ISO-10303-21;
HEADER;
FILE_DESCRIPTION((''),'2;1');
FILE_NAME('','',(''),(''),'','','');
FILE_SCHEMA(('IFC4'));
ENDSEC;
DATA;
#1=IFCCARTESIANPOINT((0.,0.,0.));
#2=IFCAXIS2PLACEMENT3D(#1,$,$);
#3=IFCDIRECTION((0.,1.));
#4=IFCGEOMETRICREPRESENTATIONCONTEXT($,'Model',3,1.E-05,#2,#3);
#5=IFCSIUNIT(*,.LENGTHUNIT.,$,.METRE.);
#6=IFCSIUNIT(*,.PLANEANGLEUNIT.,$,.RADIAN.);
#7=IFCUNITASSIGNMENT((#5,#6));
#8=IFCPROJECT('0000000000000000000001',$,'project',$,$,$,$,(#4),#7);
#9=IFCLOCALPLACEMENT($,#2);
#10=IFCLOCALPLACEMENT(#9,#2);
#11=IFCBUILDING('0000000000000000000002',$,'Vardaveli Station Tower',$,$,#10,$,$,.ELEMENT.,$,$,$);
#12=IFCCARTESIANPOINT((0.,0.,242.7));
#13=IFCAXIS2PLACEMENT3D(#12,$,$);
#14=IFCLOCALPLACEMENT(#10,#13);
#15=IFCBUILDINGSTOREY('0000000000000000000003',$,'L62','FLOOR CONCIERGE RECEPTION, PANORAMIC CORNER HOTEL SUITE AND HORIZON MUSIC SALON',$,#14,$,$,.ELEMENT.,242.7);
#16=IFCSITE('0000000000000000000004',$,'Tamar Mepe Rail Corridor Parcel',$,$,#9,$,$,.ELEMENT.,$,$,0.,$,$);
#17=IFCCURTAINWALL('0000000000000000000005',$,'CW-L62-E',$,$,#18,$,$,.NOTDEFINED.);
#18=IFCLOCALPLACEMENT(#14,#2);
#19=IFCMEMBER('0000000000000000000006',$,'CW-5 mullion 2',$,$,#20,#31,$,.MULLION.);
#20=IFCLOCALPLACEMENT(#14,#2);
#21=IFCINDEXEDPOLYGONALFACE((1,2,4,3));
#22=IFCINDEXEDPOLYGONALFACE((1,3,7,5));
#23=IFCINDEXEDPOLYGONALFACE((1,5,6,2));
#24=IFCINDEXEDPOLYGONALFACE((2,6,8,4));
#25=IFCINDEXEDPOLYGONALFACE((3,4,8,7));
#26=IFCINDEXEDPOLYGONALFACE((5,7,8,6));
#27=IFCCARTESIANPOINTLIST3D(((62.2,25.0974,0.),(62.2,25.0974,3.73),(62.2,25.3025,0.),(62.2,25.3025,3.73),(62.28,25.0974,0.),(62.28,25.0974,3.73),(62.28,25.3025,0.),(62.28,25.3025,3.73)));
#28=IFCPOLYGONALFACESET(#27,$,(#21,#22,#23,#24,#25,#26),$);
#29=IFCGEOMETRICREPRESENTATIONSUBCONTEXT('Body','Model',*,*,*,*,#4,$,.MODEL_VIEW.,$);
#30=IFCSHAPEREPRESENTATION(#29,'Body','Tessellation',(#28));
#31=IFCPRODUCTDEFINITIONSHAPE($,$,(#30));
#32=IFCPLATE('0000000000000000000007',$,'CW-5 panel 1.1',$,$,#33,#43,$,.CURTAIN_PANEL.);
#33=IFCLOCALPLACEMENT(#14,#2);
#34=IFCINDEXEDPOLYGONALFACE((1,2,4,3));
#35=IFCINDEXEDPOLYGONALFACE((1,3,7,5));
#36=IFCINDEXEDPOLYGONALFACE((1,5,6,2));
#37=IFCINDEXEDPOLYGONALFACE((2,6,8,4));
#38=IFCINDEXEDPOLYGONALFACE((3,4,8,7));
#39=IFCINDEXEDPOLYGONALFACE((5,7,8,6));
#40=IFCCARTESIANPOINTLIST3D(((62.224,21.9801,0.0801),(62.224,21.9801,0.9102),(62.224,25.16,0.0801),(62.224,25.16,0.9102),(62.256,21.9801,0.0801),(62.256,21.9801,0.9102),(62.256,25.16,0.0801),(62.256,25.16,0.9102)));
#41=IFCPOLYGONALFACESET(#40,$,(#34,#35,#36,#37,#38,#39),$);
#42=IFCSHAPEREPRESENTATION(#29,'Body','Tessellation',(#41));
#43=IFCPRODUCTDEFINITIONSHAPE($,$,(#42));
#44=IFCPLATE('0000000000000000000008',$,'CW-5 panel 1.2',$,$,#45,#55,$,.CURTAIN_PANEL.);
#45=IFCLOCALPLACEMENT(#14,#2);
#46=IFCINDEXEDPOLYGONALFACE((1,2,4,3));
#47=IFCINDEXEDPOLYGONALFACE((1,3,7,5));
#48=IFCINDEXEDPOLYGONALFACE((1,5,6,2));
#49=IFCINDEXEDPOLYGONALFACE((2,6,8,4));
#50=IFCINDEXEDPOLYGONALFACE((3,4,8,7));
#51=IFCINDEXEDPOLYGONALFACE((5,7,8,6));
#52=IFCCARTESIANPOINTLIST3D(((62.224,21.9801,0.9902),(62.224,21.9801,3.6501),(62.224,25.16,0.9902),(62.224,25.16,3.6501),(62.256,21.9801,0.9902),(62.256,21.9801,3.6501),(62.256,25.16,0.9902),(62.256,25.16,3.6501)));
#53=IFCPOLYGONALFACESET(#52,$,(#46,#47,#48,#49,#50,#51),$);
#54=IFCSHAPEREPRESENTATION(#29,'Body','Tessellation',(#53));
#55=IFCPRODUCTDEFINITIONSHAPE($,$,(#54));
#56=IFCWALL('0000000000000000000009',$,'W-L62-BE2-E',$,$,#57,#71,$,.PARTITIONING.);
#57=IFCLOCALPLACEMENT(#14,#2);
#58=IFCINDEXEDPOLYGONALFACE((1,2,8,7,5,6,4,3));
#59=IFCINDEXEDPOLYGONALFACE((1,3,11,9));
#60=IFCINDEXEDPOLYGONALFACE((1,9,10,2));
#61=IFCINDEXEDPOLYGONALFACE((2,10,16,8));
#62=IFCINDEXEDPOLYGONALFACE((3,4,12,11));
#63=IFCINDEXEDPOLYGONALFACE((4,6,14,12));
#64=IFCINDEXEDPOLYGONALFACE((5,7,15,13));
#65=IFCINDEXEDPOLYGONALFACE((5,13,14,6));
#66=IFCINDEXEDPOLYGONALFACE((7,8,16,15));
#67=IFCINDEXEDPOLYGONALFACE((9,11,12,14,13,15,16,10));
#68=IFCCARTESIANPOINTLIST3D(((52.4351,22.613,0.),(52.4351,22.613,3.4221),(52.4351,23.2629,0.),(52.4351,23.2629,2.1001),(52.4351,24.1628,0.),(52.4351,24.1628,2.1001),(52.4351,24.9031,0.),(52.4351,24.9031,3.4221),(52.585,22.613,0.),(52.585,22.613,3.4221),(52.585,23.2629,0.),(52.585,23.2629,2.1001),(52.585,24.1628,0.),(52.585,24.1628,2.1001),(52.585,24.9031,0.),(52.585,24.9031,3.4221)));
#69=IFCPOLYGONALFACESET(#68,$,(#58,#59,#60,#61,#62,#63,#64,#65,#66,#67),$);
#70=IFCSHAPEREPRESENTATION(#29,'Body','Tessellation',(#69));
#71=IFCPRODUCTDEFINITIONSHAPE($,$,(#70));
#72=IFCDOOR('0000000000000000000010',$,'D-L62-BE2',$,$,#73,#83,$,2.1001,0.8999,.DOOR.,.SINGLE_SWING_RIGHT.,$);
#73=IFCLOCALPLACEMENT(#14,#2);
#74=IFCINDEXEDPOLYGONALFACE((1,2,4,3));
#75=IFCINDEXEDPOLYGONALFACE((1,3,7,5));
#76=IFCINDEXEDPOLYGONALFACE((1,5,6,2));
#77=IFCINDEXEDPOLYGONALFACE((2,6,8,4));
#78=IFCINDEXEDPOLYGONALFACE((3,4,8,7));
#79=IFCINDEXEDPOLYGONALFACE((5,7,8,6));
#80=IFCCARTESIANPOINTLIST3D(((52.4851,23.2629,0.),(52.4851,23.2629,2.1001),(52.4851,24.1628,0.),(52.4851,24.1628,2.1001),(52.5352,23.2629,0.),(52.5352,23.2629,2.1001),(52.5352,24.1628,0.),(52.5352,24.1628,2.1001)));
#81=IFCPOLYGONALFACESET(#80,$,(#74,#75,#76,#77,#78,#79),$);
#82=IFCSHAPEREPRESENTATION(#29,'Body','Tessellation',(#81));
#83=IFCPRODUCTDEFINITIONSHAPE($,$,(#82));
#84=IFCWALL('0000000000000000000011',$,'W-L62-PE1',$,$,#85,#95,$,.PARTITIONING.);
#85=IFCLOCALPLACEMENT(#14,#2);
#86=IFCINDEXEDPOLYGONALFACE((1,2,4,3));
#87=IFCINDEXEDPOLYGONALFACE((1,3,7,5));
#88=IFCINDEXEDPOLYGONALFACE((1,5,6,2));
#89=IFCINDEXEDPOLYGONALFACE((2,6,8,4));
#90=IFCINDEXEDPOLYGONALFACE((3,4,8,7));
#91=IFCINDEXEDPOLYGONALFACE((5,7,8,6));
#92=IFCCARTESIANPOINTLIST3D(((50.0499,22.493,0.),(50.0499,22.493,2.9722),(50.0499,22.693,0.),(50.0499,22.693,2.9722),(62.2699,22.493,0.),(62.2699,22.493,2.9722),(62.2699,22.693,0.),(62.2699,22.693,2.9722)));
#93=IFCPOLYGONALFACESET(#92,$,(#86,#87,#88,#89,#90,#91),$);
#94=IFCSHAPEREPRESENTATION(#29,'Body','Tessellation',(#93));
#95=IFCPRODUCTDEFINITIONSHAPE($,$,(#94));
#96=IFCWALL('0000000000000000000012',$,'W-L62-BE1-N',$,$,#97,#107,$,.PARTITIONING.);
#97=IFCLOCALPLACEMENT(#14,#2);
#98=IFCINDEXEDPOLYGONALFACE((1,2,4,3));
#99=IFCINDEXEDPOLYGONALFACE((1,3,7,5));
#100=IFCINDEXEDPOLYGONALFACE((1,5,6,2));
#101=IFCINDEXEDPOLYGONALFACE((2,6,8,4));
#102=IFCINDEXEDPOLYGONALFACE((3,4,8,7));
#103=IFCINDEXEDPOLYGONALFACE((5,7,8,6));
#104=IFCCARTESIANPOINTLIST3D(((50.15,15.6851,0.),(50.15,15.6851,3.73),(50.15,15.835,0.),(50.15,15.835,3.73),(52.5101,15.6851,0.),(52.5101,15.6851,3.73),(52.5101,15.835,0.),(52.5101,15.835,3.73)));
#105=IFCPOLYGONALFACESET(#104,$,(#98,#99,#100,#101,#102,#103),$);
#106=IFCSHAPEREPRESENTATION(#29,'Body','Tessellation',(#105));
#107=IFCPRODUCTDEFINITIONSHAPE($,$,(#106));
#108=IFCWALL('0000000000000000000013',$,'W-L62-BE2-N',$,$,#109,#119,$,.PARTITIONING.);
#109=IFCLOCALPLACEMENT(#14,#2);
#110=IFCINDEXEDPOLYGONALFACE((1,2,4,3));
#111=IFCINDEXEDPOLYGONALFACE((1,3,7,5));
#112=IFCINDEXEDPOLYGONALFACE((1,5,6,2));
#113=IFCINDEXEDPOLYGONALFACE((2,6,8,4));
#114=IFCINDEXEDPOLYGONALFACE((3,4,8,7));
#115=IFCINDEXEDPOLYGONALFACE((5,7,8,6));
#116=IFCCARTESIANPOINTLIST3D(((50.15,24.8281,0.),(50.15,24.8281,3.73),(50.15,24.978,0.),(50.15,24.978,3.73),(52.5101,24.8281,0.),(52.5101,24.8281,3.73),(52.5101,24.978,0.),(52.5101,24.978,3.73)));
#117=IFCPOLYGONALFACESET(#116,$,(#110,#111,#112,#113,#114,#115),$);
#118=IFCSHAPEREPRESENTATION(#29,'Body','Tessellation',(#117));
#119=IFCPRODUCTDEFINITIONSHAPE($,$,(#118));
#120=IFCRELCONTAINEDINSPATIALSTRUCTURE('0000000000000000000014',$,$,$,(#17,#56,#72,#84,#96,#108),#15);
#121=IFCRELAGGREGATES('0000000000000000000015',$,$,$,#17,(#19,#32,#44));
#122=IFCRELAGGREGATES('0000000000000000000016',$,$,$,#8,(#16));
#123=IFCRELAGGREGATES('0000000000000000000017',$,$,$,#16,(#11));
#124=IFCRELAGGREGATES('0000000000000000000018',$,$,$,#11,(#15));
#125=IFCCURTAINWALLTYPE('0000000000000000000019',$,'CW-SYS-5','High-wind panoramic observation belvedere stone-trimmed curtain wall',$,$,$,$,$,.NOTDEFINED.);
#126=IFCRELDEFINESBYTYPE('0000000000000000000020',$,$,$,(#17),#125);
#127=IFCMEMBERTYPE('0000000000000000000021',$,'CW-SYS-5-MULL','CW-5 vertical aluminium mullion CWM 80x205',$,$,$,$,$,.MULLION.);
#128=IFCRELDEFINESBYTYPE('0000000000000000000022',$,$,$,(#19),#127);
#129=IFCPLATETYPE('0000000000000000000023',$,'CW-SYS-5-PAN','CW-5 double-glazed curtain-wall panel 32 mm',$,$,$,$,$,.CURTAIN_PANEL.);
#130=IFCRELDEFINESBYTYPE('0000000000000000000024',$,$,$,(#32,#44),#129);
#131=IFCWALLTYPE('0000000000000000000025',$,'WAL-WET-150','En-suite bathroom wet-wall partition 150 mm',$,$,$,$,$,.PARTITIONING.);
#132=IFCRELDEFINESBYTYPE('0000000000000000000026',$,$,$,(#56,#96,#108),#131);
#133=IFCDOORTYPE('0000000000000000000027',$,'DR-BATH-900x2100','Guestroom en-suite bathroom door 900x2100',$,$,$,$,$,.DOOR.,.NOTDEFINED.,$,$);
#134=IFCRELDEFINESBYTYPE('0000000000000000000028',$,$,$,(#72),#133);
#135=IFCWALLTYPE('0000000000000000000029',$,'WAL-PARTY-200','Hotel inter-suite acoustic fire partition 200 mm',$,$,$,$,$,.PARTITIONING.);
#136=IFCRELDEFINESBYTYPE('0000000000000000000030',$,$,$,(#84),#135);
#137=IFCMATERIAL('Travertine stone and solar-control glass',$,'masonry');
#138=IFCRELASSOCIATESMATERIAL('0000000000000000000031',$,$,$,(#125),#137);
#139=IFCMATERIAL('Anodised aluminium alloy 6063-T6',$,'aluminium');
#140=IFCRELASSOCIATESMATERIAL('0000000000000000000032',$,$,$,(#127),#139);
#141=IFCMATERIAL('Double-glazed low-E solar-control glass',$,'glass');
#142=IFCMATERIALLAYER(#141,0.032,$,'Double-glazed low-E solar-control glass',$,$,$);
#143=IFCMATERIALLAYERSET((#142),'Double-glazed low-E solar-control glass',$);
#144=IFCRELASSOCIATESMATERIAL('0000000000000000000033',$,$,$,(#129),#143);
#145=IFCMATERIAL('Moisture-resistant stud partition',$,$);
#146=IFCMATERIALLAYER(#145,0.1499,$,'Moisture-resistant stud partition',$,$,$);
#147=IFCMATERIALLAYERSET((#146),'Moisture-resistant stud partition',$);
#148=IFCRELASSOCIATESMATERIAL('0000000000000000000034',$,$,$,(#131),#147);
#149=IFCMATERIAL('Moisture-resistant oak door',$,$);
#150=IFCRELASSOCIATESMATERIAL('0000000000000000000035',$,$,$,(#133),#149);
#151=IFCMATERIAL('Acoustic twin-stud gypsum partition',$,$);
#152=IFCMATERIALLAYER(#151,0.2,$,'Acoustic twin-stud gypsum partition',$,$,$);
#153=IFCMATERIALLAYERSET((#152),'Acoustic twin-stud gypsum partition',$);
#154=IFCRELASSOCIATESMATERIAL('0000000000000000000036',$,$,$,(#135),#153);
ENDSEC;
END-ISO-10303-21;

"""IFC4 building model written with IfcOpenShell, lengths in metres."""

from ifc_helpers import new_model, si_unit, direction, frame, frame_2d, origin, origin_2d, place, context, subcontext, project, spatial, rectangle, extrude, source, transform, mapped, material, layer, layer_set, material_profile, profile_set, type_object, element, fill, aggregate, save


model = new_model("IFC4")

# Units and contexts
model_context = context("Model", 3, precision=1e-05, world=origin(), true_north=direction((0.0, 1.0)))
body_context = subcontext(model_context, "Body", "Model", "MODEL_VIEW")
ifc_project = project(units=[si_unit("LENGTHUNIT", "METRE"), si_unit("PLANEANGLEUNIT", "RADIAN")], contexts=[model_context])

# Site, building, storey
site_placement = place(None, origin())
site = spatial("IfcSite", under=ifc_project, at=site_placement, Name="Tamar Mepe Rail Corridor Parcel", CompositionType="ELEMENT", RefElevation=0.0)
building_placement = place(site_placement, origin())
building = spatial("IfcBuilding", under=site, at=building_placement, Name="Vardaveli Station Tower", CompositionType="ELEMENT")
storey_placement = place(building_placement, frame((0.0, 0.0, 242.7)))
storey = spatial("IfcBuildingStorey", under=building, at=storey_placement, Name="L62", Description="FLOOR CONCIERGE RECEPTION, PANORAMIC CORNER HOTEL SUITE AND HORIZON MUSIC SALON", CompositionType="ELEMENT", Elevation=242.7)

# Curtain wall, member, plates
ifc_material_1 = material(Name="Travertine stone and solar-control glass", Category="masonry")
curtain_wall_type = type_object("IfcCurtainWallType", Name="CW-SYS-5", Description="High-wind panoramic observation belvedere stone-trimmed curtain wall", PredefinedType="NOTDEFINED", material=ifc_material_1)
curtain_wall_placement = place(storey_placement, origin())
curtain_wall = element("IfcCurtainWall", 1, at=curtain_wall_placement, inside=storey, type_object=curtain_wall_type, Name="CW-L62-E", PredefinedType="NOTDEFINED")
ifc_material_2 = material(Name="Anodised aluminium alloy 6063-T6", Category="aluminium")
ifc_material_profile_1 = material_profile(ifc_material_2, rectangle(XDim=0.0801, YDim=0.2051, at=origin_2d()), Name="CWM 80x205")
ifc_profile_set_1 = profile_set([ifc_material_profile_1], Name="Anodised aluminium alloy 6063-T6")
member_type_1 = type_object("IfcMemberType", Name="CW-SYS-5-MULL", Description="CW-5 vertical aluminium mullion CWM 80x205", PredefinedType="MULLION", material=ifc_profile_set_1)
shared_shape_1 = source(origin(), body_context, "Body", "SweptSolid", [
    extrude(rectangle(XDim=0.0801, YDim=0.2051, at=origin_2d()), origin(), (0.0, 0.0, 1.0), 3.73),
])
member_1_placement = place(storey_placement, frame((62.24, 25.2, 0.0), z_axis=(0.0, 0.0, 1.0), x_axis=(-1.0, 0.0, 0.0)))
member_1 = element("IfcMember", 2, at=member_1_placement, type_object=member_type_1, Name="CW-5 mullion 2", PredefinedType="MULLION", context=body_context, shape_type="MappedRepresentation", body=[
    mapped(shared_shape_1, transform((0.0, 0.0, 0.0), scale=1.0)),
])
ifc_material_3 = material(Name="Double-glazed low-E solar-control glass", Category="glass")
ifc_layer_1 = layer(ifc_material_3, 0.032, Name="Double-glazed low-E solar-control glass")
ifc_layer_set_1 = layer_set([ifc_layer_1], Name="Double-glazed low-E solar-control glass")
plate_type = type_object("IfcPlateType", Name="CW-SYS-5-PAN", Description="CW-5 double-glazed curtain-wall panel 32 mm", PredefinedType="CURTAIN_PANEL", material=ifc_layer_set_1)
shared_shape_2 = source(origin(), body_context, "Body", "SweptSolid", [
    extrude(rectangle(XDim=3.1799, YDim=0.032, at=origin_2d()), origin(), (0.0, 0.0, 1.0), 0.8301),
])
plate_1_placement = place(storey_placement, frame((62.24, 23.5701, 0.0801), z_axis=(0.0, 0.0, 1.0), x_axis=(0.0, 1.0, 0.0)))
plate_1 = element("IfcPlate", 3, at=plate_1_placement, type_object=plate_type, Name="CW-5 panel 1.1", PredefinedType="CURTAIN_PANEL", context=body_context, shape_type="MappedRepresentation", body=[
    mapped(shared_shape_2, transform((0.0, 0.0, 0.0), scale=1.0)),
])
shared_shape_3 = source(origin(), body_context, "Body", "SweptSolid", [
    extrude(rectangle(XDim=3.1799, YDim=0.032, at=origin_2d()), origin(), (0.0, 0.0, 1.0), 2.6599),
])
plate_2_placement = place(storey_placement, frame((62.24, 23.5701, 0.9902), z_axis=(0.0, 0.0, 1.0), x_axis=(0.0, 1.0, 0.0)))
plate_2 = element("IfcPlate", 4, at=plate_2_placement, type_object=plate_type, Name="CW-5 panel 1.2", PredefinedType="CURTAIN_PANEL", context=body_context, shape_type="MappedRepresentation", body=[
    mapped(shared_shape_3, transform((0.0, 0.0, 0.0), scale=1.0)),
])
aggregate(curtain_wall, [member_1, plate_1, plate_2])

# Wall, opening, door
ifc_material_4 = material(Name="Moisture-resistant stud partition")
ifc_layer_2 = layer(ifc_material_4, 0.1499, Name="Moisture-resistant stud partition")
ifc_layer_set_2 = layer_set([ifc_layer_2], Name="Moisture-resistant stud partition")
wall_type_1 = type_object("IfcWallType", Name="WAL-WET-150", Description="En-suite bathroom wet-wall partition 150 mm", PredefinedType="PARTITIONING", material=ifc_layer_set_2)
shared_shape_4 = source(origin(), body_context, "Body", "SweptSolid", [
    extrude(rectangle(XDim=2.29, YDim=0.1499, at=frame_2d((1.145, 0.0))), origin(), (0.0, 0.0, 1.0), 3.4221),
])
wall_1_placement = place(storey_placement, frame((52.51, 22.613, 0.0), z_axis=(0.0, 0.0, 1.0), x_axis=(0.0, 1.0, 0.0)))
wall_1 = element("IfcWall", 5, at=wall_1_placement, inside=storey, type_object=wall_type_1, Name="W-L62-BE2-E", PredefinedType="PARTITIONING", context=body_context, shape_type="MappedRepresentation", body=[
    mapped(shared_shape_4, transform((0.0, 0.0, 0.0), scale=1.0)),
])
shared_shape_5 = source(origin(), body_context, "Body", "SweptSolid", [
    extrude(rectangle(XDim=0.8999, YDim=2.1001, at=frame_2d((0.45, 1.05))), frame((0.0, 0.085, 0.0), z_axis=(0.0, -1.0, 0.0), x_axis=(1.0, 0.0, 0.0)), (0.0, 0.0, 1.0), 0.1699),
])
opening_placement = place(wall_1_placement, frame((0.6499, 0.0, 0.0)))
opening = element("IfcOpeningElement", 6, at=opening_placement, cuts=wall_1, PredefinedType="OPENING", context=body_context, shape_type="MappedRepresentation", body=[
    mapped(shared_shape_5, transform((0.0, 0.0, 0.0), scale=1.0)),
])
ifc_material_5 = material(Name="Moisture-resistant oak door")
door_type = type_object("IfcDoorType", Name="DR-BATH-900x2100", Description="Guestroom en-suite bathroom door 900x2100", OperationType="NOTDEFINED", PredefinedType="DOOR", material=ifc_material_5)
shared_shape_6 = source(origin(), body_context, "Body", "SweptSolid", [
    extrude(rectangle(XDim=0.8999, YDim=2.1001, at=frame_2d((0.45, 1.05))), frame((0.0, 0.0249, 0.0), z_axis=(0.0, -1.0, 0.0), x_axis=(1.0, 0.0, 0.0)), (0.0, 0.0, 1.0), 0.05),
])
door_placement = place(opening_placement, origin())
door = element("IfcDoor", 7, at=door_placement, inside=storey, type_object=door_type, Name="D-L62-BE2", OperationType="SINGLE_SWING_RIGHT", OverallHeight=2.1001, OverallWidth=0.8999, PredefinedType="DOOR", context=body_context, shape_type="MappedRepresentation", body=[
    mapped(shared_shape_6, transform((0.0, 0.0, 0.0), scale=1.0)),
])
fill(opening, door)

# Walls
ifc_material_6 = material(Name="Acoustic twin-stud gypsum partition")
ifc_layer_3 = layer(ifc_material_6, 0.2, Name="Acoustic twin-stud gypsum partition")
ifc_layer_set_3 = layer_set([ifc_layer_3], Name="Acoustic twin-stud gypsum partition")
wall_type_2 = type_object("IfcWallType", Name="WAL-PARTY-200", Description="Hotel inter-suite acoustic fire partition 200 mm", PredefinedType="PARTITIONING", material=ifc_layer_set_3)
shared_shape_7 = source(origin(), body_context, "Body", "SweptSolid", [
    extrude(rectangle(XDim=12.22, YDim=0.2, at=frame_2d((6.1099, 0.0))), origin(), (0.0, 0.0, 1.0), 2.9722),
])
wall_2_placement = place(storey_placement, frame((50.05, 22.593, 0.0), z_axis=(0.0, 0.0, 1.0), x_axis=(1.0, 0.0, 0.0)))
element("IfcWall", 8, at=wall_2_placement, inside=storey, type_object=wall_type_2, Name="W-L62-PE1", PredefinedType="PARTITIONING", context=body_context, shape_type="MappedRepresentation", body=[
    mapped(shared_shape_7, transform((0.0, 0.0, 0.0), scale=1.0)),
])
shared_shape_8 = source(origin(), body_context, "Body", "SweptSolid", [
    extrude(rectangle(XDim=2.3601, YDim=0.1499, at=frame_2d((1.1802, 0.0))), origin(), (0.0, 0.0, 1.0), 3.73),
])
for number, where, z_axis, x_axis, name in (
    (9, (50.1499, 15.76, 0.0), (0.0, 0.0, 1.0), (1.0, 0.0, 0.0), "W-L62-BE1-N"),
    (10, (50.1499, 24.9031, 0.0), (0.0, 0.0, 1.0), (1.0, 0.0, 0.0), "W-L62-BE2-N"),
):
    element("IfcWall", number, at=place(storey_placement, frame(where, z_axis=z_axis, x_axis=x_axis)), inside=storey, type_object=wall_type_1, Name=name, PredefinedType="PARTITIONING", context=body_context, shape_type="MappedRepresentation", body=[
        mapped(shared_shape_8, transform((0.0, 0.0, 0.0), scale=1.0)),
    ])

save(model, "model.ifc")
